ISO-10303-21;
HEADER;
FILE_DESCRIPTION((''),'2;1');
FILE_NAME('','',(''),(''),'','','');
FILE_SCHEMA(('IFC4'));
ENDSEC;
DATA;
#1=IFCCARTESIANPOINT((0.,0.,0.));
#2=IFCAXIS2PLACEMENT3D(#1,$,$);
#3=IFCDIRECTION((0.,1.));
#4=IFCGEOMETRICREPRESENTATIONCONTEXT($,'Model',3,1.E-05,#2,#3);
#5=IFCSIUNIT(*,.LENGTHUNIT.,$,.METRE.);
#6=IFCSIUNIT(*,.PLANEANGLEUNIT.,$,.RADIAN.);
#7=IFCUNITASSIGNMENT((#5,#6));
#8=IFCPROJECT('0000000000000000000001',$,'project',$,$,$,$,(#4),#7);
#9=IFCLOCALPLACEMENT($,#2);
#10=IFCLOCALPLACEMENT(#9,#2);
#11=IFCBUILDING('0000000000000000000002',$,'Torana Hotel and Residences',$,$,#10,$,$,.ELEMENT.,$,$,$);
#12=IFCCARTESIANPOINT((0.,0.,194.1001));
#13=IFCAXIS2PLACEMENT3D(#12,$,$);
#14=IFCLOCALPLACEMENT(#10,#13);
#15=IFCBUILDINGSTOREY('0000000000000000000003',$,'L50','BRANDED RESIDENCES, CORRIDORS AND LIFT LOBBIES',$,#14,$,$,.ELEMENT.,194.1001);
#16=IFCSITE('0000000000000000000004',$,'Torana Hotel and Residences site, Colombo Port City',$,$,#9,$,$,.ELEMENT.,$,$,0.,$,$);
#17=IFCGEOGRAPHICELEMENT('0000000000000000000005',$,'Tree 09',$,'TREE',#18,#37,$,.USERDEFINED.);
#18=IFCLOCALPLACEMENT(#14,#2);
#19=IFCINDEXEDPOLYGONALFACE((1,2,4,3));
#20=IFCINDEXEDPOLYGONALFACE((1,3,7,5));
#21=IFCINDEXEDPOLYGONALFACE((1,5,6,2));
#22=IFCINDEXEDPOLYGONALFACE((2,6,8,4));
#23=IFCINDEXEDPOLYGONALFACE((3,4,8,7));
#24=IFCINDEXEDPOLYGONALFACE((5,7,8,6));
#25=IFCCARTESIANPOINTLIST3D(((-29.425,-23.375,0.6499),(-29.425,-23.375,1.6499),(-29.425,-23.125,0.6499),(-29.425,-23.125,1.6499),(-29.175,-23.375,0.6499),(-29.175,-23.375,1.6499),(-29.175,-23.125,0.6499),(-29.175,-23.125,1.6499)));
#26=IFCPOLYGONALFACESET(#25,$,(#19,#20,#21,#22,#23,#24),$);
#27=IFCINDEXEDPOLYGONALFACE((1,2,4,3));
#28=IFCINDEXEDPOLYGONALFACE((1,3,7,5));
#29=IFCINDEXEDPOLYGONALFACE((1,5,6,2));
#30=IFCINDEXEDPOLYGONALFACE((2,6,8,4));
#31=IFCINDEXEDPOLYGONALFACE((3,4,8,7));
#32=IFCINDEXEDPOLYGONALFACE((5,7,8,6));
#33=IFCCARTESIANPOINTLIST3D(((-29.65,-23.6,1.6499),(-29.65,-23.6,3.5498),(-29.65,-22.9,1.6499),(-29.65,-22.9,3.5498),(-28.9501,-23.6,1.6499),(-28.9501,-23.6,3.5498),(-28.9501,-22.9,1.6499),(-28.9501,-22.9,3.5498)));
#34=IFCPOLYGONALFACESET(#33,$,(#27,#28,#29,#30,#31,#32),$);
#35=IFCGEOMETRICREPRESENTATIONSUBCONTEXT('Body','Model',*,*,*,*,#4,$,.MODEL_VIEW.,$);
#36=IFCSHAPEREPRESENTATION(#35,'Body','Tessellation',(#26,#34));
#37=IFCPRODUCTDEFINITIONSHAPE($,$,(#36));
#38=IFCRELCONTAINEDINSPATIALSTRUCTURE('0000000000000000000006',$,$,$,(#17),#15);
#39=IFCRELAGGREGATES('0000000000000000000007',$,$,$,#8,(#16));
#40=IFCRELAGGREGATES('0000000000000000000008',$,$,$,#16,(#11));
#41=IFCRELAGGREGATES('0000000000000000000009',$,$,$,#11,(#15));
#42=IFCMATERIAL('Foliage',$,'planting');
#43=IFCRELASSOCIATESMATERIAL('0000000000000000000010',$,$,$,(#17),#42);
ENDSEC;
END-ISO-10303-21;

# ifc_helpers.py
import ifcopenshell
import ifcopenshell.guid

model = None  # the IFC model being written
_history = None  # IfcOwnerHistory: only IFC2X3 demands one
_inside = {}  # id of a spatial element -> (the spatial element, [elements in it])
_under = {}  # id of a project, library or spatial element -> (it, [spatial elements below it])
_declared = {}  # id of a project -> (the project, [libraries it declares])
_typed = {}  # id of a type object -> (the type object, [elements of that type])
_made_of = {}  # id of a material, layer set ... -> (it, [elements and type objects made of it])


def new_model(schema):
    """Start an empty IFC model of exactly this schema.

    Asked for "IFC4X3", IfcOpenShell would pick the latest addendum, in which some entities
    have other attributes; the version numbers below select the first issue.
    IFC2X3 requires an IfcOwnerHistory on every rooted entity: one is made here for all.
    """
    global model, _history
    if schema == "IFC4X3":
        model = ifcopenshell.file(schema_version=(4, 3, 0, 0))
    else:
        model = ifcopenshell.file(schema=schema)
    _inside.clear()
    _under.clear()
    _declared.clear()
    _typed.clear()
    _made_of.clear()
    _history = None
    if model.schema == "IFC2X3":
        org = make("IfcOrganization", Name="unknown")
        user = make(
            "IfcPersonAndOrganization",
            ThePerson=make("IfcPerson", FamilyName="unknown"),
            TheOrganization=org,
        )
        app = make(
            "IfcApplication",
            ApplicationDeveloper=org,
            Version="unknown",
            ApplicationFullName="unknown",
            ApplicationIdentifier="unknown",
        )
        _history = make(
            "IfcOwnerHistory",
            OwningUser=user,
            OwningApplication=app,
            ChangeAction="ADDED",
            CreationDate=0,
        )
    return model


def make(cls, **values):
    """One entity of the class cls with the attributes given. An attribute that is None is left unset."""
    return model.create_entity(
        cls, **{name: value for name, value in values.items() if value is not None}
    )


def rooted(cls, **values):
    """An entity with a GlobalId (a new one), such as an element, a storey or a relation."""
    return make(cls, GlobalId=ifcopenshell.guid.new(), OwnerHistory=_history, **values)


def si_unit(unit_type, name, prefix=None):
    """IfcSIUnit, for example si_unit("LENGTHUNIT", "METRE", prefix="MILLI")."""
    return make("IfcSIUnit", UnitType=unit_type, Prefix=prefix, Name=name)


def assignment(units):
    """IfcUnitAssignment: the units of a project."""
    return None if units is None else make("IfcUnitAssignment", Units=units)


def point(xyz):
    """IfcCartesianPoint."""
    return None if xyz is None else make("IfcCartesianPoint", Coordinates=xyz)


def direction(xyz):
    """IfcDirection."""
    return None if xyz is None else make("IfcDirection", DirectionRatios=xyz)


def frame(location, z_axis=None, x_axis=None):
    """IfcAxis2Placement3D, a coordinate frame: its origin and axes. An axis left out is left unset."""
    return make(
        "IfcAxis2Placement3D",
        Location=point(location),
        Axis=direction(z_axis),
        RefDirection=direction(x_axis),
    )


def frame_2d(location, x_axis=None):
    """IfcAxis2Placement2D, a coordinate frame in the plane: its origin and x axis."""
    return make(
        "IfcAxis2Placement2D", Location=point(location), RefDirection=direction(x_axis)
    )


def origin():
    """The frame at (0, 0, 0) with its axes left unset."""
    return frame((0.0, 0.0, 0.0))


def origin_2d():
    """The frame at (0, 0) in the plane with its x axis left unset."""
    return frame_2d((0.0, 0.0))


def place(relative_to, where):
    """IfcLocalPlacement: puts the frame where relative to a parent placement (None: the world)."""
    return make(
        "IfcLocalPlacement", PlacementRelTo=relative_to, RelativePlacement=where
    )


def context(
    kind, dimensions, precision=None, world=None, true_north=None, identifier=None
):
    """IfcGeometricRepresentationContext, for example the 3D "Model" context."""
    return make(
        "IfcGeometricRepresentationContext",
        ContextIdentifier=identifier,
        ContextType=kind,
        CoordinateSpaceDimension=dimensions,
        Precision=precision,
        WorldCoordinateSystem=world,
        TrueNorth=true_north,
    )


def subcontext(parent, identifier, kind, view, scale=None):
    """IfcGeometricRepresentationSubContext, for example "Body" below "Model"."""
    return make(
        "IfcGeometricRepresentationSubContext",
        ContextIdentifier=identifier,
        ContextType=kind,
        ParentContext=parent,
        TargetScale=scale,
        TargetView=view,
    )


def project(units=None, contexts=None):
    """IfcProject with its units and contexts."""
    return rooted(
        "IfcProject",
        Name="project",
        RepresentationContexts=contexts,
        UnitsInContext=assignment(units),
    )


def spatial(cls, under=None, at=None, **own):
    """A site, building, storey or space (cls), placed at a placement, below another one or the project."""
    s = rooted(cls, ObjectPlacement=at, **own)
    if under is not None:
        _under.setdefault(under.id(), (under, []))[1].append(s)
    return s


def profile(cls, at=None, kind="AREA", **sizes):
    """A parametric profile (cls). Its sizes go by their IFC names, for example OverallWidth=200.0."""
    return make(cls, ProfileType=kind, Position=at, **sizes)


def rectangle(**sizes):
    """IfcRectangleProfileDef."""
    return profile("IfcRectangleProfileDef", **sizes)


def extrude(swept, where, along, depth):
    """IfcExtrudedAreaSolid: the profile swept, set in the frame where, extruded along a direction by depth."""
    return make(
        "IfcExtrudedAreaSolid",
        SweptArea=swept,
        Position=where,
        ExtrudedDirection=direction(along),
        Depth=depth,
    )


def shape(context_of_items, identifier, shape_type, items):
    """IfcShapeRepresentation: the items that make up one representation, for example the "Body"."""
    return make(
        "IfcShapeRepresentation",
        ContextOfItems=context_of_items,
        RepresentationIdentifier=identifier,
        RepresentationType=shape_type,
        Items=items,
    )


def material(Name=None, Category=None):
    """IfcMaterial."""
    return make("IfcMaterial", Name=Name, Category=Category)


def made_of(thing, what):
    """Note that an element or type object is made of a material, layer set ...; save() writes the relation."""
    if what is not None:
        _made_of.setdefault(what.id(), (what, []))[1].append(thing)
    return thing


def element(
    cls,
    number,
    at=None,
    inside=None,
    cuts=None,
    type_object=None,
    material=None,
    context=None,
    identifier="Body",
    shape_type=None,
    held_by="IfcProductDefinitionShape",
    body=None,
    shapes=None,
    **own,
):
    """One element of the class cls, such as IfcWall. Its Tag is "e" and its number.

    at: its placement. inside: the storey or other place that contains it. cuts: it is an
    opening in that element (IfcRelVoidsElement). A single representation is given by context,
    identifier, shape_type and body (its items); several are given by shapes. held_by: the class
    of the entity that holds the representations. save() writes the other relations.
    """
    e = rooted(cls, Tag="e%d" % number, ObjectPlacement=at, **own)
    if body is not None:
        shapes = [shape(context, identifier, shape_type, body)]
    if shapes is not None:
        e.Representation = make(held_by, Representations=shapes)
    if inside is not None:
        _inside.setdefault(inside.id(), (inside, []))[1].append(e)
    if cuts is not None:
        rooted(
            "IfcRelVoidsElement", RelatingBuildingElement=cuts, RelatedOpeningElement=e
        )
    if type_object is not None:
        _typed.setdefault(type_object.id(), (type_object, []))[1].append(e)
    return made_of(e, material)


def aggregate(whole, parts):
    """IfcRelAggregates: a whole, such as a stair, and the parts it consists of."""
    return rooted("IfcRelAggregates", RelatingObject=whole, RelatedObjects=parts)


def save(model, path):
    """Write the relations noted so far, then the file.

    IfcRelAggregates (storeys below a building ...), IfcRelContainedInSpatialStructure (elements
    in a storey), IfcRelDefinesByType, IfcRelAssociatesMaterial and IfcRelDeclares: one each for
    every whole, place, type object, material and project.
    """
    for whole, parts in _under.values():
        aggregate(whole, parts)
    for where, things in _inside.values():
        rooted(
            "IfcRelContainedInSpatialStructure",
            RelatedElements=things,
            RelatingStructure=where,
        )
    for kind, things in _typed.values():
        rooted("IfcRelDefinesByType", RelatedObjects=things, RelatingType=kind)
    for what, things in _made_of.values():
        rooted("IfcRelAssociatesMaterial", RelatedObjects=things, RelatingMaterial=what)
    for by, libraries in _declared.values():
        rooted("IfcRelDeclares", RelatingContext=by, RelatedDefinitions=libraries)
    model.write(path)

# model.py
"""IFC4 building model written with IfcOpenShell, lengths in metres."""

from ifc_helpers import new_model, si_unit, direction, frame, origin, origin_2d, place, context, subcontext, project, spatial, rectangle, extrude, material, element, save


model = new_model("IFC4")

# Units and contexts
model_context = context("Model", 3, precision=1e-05, world=origin(), true_north=direction((0.0, 1.0)))
body_context = subcontext(model_context, "Body", "Model", "MODEL_VIEW")
ifc_project = project(units=[si_unit("LENGTHUNIT", "METRE"), si_unit("PLANEANGLEUNIT", "RADIAN")], contexts=[model_context])

# Site, building, storey
site_placement = place(None, origin())
site = spatial("IfcSite", under=ifc_project, at=site_placement, Name="Torana Hotel and Residences site, Colombo Port City", CompositionType="ELEMENT", RefElevation=0.0)
building_placement = place(site_placement, origin())
building = spatial("IfcBuilding", under=site, at=building_placement, Name="Torana Hotel and Residences", CompositionType="ELEMENT")
storey_placement = place(building_placement, frame((0.0, 0.0, 194.1001)))
storey = spatial("IfcBuildingStorey", under=building, at=storey_placement, Name="L50", Description="BRANDED RESIDENCES, CORRIDORS AND LIFT LOBBIES", CompositionType="ELEMENT", Elevation=194.1001)

# Geographic element
ifc_material_1 = material(Name="Foliage", Category="planting")
geographic_element_placement = place(storey_placement, frame((-29.3, -23.25, 0.6499), z_axis=(0.0, 0.0, 1.0), x_axis=(1.0, 0.0, 0.0)))
element("IfcGeographicElement", 1, at=geographic_element_placement, inside=storey, material=ifc_material_1, Name="Tree 09", ObjectType="TREE", PredefinedType="USERDEFINED", context=body_context, shape_type="SweptSolid", body=[
    extrude(rectangle(XDim=0.25, YDim=0.25, at=origin_2d()), origin(), (0.0, 0.0, 1.0), 1.0),
    extrude(rectangle(XDim=0.7, YDim=0.7, at=origin_2d()), frame((0.0, 0.0, 1.0)), (0.0, 0.0, 1.0), 1.8999),
])

save(model, "model.ifc")
